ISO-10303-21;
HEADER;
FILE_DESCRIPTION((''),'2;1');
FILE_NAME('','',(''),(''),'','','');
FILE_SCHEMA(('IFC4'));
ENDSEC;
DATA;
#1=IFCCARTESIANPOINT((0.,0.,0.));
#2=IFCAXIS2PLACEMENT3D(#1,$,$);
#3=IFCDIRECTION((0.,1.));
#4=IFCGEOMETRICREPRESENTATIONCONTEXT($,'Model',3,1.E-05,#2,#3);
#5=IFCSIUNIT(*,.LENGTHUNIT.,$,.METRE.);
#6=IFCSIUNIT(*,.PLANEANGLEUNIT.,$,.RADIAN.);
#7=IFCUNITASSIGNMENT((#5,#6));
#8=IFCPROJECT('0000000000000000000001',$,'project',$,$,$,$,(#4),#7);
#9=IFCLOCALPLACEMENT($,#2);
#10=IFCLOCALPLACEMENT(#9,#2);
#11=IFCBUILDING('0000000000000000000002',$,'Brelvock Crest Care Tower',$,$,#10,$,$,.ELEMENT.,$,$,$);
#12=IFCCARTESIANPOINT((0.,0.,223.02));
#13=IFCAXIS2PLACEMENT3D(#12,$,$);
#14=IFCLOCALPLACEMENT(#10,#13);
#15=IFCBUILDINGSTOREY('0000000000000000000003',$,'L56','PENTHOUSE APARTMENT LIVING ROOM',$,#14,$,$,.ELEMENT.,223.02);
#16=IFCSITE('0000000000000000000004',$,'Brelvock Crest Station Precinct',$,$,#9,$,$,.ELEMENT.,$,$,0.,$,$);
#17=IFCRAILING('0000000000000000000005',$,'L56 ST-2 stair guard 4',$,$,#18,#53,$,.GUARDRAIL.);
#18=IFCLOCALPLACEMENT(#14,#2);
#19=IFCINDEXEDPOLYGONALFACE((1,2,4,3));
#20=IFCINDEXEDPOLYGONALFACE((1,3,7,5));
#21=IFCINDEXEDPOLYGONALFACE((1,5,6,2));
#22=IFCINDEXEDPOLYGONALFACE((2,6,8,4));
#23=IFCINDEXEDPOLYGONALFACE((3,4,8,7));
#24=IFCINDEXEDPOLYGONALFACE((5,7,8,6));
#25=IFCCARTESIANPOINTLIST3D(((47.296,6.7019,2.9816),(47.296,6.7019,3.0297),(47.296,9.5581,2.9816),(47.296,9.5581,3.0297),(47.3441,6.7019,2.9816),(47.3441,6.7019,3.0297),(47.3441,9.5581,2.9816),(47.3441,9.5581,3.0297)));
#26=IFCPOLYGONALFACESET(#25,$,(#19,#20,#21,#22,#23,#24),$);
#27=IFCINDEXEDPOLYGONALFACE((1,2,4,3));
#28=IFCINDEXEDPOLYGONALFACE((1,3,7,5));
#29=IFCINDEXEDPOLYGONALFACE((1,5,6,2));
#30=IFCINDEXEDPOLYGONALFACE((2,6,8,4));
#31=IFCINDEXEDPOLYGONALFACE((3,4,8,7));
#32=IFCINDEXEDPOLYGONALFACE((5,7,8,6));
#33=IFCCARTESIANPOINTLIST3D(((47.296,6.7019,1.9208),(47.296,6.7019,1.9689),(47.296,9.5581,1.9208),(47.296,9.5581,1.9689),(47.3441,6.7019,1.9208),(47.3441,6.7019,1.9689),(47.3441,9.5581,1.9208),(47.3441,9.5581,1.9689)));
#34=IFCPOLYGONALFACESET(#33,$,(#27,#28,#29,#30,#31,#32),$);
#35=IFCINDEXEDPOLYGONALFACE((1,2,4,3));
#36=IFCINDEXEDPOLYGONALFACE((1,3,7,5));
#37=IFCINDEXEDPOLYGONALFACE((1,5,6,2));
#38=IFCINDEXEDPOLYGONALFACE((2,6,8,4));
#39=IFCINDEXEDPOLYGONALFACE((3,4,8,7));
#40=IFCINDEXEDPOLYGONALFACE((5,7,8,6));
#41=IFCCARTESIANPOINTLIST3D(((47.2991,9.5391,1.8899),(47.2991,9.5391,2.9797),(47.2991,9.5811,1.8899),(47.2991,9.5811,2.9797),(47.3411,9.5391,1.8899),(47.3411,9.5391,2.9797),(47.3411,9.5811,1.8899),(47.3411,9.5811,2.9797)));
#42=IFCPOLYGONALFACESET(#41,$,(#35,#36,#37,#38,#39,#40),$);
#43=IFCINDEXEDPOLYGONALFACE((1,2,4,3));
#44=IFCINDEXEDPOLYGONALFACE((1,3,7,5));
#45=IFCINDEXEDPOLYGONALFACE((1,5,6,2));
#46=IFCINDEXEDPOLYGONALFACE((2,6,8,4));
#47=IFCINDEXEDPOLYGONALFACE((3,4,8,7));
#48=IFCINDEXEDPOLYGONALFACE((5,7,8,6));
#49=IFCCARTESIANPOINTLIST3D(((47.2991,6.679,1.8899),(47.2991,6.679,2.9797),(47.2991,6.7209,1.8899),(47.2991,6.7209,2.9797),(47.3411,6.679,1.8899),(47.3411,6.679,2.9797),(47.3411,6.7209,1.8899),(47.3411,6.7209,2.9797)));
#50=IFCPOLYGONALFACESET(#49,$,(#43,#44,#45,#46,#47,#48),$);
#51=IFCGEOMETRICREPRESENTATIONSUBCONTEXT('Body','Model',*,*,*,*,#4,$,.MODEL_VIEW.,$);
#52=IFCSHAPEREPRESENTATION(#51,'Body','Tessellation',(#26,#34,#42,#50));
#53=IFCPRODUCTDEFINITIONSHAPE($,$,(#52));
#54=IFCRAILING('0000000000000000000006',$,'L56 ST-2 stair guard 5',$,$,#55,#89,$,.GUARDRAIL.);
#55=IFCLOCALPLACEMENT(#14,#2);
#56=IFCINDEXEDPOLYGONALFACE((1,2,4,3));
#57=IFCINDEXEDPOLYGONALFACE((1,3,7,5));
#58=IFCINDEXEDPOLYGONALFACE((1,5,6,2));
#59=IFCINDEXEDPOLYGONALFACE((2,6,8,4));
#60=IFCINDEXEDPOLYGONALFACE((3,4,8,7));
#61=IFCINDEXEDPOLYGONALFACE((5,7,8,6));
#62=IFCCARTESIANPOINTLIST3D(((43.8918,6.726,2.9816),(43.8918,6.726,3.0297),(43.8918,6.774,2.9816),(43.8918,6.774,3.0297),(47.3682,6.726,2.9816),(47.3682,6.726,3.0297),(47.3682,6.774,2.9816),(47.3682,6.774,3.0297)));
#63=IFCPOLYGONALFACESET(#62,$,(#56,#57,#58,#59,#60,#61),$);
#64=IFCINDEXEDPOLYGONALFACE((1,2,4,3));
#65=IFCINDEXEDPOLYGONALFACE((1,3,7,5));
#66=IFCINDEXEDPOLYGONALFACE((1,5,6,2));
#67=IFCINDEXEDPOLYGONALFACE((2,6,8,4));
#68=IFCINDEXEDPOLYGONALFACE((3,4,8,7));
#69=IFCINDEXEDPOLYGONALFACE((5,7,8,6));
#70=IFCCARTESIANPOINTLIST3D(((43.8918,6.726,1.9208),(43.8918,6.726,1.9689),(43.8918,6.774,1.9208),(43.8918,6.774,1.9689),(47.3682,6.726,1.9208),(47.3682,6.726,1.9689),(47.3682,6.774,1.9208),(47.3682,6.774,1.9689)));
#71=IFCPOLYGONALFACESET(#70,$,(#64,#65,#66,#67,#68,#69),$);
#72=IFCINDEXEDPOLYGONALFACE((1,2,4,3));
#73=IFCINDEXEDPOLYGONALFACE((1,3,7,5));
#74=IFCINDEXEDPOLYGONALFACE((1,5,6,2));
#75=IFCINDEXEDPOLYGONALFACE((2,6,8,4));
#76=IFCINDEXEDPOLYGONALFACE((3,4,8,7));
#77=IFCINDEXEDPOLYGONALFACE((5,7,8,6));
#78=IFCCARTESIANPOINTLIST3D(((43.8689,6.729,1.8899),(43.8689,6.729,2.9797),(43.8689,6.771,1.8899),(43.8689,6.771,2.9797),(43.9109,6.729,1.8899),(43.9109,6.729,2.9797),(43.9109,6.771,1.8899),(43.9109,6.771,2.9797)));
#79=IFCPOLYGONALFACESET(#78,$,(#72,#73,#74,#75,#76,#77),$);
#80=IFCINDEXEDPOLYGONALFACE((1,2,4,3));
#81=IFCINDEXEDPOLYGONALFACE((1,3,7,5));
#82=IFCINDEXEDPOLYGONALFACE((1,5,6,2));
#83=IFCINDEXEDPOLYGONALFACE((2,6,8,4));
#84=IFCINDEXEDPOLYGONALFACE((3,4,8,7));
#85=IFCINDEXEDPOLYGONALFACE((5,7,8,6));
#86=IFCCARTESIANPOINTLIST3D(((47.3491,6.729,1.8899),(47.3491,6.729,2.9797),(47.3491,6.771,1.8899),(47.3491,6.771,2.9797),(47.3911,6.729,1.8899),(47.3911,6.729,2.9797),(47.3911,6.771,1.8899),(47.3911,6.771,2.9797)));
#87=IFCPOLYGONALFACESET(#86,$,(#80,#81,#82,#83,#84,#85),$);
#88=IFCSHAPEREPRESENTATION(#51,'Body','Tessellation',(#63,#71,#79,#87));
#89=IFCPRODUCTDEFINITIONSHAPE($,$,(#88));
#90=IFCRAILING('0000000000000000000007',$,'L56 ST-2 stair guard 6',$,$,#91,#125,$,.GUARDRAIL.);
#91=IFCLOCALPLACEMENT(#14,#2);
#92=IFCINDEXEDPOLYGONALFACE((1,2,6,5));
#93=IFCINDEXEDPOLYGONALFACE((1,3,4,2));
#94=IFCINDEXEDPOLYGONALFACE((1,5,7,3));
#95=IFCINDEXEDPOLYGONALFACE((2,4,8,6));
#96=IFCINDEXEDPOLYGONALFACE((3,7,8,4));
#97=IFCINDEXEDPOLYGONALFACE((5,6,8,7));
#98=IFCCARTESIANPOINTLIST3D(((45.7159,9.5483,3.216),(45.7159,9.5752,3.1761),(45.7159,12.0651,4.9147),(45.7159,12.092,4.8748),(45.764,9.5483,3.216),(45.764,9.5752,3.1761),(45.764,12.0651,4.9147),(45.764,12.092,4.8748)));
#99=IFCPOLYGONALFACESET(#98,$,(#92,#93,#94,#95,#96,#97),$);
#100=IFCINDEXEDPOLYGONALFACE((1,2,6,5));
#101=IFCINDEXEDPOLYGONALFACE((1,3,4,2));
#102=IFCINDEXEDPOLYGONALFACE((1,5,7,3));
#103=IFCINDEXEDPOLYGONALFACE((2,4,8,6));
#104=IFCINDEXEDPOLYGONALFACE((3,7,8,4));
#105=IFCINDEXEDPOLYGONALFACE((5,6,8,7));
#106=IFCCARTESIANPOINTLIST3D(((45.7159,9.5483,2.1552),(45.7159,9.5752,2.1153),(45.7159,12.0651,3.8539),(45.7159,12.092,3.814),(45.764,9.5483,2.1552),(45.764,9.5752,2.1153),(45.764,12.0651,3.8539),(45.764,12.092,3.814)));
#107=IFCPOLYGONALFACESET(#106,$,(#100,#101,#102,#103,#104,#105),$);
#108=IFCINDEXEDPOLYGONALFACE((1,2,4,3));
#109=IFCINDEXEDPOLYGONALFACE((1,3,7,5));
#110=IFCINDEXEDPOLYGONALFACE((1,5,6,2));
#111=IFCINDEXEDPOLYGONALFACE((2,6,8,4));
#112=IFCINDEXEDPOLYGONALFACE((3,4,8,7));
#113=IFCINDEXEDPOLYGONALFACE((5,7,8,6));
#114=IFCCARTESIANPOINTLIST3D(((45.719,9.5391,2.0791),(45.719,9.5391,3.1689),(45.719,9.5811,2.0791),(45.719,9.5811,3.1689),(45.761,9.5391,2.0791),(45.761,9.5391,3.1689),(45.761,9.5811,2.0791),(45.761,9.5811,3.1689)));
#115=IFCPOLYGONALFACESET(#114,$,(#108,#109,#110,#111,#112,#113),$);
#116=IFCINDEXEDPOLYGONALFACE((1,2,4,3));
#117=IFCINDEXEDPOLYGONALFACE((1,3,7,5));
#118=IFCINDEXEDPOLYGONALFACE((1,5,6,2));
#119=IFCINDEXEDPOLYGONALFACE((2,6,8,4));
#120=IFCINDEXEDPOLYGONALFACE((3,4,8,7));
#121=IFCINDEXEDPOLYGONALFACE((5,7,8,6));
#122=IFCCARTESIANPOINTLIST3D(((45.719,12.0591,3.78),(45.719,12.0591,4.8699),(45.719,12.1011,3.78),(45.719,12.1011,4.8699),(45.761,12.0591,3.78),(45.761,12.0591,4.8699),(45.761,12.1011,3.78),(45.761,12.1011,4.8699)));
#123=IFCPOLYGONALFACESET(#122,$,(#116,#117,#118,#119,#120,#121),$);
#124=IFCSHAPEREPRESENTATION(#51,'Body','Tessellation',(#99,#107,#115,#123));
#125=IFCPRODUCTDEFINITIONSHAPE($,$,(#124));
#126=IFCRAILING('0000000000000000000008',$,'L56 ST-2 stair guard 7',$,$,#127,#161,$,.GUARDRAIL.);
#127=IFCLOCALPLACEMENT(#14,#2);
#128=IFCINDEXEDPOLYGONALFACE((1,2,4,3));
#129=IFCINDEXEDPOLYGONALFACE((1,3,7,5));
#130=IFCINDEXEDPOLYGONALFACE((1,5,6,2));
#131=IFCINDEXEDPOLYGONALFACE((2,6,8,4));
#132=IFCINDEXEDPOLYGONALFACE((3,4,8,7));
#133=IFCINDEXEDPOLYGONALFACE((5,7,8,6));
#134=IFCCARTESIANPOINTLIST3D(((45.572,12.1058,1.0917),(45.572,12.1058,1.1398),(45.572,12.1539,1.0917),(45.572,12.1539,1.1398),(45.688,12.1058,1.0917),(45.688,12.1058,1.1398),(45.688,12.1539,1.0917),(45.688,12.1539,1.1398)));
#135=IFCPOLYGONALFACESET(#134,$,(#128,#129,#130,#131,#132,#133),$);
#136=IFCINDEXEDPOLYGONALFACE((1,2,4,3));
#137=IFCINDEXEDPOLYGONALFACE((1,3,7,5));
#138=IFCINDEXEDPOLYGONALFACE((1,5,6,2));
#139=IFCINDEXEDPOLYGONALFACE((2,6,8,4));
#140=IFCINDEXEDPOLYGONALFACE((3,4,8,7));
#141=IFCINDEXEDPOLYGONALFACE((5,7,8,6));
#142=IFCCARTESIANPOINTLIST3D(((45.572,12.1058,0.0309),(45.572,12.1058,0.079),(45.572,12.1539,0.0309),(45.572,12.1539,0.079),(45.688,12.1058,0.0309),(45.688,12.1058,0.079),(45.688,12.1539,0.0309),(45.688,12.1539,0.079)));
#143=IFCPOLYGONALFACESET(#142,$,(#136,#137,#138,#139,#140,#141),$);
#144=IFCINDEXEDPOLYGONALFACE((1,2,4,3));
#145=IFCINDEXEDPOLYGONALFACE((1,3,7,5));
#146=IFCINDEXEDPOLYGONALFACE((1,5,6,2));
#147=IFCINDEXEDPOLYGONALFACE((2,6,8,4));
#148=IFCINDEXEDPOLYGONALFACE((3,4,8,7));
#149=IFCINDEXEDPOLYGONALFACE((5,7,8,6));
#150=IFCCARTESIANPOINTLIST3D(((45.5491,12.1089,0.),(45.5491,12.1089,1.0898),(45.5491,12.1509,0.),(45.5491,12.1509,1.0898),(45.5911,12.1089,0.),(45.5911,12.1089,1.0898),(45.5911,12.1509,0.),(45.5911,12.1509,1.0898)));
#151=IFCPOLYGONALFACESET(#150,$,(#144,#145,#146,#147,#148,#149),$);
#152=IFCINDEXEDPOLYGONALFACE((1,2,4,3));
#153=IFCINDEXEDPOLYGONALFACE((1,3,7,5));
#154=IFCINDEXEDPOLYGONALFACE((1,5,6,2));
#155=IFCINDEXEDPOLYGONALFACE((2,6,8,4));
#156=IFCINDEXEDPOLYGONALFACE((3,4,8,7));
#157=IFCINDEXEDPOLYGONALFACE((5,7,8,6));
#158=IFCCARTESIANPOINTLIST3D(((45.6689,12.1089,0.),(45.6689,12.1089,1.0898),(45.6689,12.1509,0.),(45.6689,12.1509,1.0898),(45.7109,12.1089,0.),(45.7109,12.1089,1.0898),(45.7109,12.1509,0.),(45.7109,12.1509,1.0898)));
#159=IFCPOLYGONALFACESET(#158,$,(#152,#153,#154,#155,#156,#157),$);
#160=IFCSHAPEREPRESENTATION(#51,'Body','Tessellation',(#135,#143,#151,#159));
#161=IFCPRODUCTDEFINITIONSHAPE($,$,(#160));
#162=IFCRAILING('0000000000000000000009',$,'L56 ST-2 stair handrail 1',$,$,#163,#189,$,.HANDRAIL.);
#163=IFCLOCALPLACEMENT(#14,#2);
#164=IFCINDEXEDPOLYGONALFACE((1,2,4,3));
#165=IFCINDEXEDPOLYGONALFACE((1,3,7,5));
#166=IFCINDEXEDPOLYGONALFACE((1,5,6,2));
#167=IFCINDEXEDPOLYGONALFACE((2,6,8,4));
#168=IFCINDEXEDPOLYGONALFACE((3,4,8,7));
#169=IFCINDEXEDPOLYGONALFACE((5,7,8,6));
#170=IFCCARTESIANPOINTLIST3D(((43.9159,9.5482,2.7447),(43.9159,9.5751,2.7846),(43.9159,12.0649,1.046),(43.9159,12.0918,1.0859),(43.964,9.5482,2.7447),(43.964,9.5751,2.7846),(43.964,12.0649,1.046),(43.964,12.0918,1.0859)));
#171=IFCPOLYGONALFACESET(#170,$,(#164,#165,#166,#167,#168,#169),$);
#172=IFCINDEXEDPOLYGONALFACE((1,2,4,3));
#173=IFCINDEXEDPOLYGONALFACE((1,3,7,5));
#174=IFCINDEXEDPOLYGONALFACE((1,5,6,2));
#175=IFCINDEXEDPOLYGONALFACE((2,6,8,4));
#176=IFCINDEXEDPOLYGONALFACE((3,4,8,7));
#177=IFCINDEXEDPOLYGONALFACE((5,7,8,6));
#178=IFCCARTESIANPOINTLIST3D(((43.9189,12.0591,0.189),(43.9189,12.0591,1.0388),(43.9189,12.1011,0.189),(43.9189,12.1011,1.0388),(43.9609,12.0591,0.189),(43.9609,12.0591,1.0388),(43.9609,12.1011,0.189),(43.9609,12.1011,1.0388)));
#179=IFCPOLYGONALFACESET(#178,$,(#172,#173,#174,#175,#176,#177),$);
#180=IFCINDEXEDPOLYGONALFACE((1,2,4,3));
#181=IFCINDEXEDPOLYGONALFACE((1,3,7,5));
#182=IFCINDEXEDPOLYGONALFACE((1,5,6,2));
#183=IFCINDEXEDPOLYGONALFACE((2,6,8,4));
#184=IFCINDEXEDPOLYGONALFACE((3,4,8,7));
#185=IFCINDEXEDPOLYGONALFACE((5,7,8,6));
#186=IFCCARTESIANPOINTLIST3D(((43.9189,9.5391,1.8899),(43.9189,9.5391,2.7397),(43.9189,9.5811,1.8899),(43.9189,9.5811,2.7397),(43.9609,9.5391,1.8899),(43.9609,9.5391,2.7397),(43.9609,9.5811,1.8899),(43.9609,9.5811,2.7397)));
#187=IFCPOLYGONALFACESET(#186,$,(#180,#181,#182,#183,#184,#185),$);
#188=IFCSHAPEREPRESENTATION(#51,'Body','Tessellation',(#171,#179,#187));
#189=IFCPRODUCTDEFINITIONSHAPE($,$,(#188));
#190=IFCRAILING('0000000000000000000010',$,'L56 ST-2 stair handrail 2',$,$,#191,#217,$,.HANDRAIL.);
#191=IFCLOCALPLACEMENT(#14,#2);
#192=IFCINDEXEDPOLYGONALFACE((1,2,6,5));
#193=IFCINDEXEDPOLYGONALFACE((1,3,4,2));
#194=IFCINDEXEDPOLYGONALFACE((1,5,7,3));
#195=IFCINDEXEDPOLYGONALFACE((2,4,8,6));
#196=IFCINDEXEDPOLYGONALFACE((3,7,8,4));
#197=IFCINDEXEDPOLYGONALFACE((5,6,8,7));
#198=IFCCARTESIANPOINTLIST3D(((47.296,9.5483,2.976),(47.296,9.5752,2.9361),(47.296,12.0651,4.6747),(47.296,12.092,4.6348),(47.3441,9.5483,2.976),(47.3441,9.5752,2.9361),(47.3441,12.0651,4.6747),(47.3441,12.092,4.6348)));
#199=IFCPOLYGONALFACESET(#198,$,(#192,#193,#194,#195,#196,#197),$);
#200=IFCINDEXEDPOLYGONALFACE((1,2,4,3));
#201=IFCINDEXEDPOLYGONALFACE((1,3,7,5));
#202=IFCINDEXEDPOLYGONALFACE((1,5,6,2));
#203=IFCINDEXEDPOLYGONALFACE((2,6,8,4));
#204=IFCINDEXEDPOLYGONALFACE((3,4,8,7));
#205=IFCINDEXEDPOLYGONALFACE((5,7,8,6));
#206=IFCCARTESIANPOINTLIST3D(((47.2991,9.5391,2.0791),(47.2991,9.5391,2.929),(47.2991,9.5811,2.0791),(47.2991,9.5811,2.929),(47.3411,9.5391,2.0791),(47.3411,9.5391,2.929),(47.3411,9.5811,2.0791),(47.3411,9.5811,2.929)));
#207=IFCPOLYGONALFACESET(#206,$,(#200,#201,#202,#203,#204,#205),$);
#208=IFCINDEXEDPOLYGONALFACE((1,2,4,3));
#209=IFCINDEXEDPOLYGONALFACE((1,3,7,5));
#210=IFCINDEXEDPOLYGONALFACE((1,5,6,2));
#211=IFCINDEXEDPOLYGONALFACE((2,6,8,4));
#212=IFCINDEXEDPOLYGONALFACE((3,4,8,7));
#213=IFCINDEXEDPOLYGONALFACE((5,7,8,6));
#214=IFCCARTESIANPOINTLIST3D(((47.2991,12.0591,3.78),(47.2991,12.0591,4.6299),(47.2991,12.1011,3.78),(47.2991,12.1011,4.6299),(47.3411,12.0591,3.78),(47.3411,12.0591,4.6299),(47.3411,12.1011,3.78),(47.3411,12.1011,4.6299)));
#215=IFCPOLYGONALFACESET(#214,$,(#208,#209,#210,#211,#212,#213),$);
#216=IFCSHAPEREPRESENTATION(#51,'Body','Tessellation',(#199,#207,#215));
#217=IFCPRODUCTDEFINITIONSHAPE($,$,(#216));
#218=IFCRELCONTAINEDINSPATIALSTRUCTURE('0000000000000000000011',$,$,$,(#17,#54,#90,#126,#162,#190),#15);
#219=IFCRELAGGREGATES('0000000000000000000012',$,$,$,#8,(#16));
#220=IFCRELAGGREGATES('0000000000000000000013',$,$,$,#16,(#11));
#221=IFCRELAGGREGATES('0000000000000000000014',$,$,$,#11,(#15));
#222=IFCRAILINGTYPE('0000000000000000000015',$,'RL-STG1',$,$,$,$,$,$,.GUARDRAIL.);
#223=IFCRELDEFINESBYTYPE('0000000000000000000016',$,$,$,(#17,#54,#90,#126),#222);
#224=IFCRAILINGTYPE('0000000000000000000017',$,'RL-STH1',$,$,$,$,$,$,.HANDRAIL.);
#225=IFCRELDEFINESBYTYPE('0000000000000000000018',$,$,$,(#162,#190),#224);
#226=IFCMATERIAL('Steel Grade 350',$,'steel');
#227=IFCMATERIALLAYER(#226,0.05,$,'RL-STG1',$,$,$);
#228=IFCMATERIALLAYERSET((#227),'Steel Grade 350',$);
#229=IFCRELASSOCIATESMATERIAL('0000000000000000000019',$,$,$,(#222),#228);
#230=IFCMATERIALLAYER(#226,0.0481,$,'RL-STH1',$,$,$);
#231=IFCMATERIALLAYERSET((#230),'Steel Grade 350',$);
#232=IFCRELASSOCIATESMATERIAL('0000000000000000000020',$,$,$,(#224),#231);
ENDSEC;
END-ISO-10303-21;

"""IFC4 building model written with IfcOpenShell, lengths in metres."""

from ifc_helpers import new_model, si_unit, direction, frame, origin, origin_2d, place, context, subcontext, project, spatial, rectangle, extrude, material, layer, layer_set, type_object, element, save


model = new_model("IFC4")

# Units and contexts
model_context = context("Model", 3, precision=1e-05, world=origin(), true_north=direction((0.0, 1.0)))
body_context = subcontext(model_context, "Body", "Model", "MODEL_VIEW")
ifc_project = project(units=[si_unit("LENGTHUNIT", "METRE"), si_unit("PLANEANGLEUNIT", "RADIAN")], contexts=[model_context])

# Site, building, storey
site_placement = place(None, origin())
site = spatial("IfcSite", under=ifc_project, at=site_placement, Name="Brelvock Crest Station Precinct", CompositionType="ELEMENT", RefElevation=0.0)
building_placement = place(site_placement, origin())
building = spatial("IfcBuilding", under=site, at=building_placement, Name="Brelvock Crest Care Tower", CompositionType="ELEMENT")
storey_placement = place(building_placement, frame((0.0, 0.0, 223.02)))
storey = spatial("IfcBuildingStorey", under=building, at=storey_placement, Name="L56", Description="PENTHOUSE APARTMENT LIVING ROOM", CompositionType="ELEMENT", Elevation=223.02)

# Shared definitions
ifc_material_1 = material(Name="Steel Grade 350", Category="steel")

# Railings
ifc_layer_1 = layer(ifc_material_1, 0.05, Name="RL-STG1")
ifc_layer_set_1 = layer_set([ifc_layer_1], Name="Steel Grade 350")
railing_type_1 = type_object("IfcRailingType", Name="RL-STG1", PredefinedType="GUARDRAIL", material=ifc_layer_set_1)
for number, where, name in (
    (1, (47.3201, 9.5601, 1.8899), "L56 ST-2 stair guard 4"),
):
    element("IfcRailing", number, at=place(storey_placement, frame(where)), inside=storey, type_object=railing_type_1, Name=name, PredefinedType="GUARDRAIL", context=body_context, shape_type="SweptSolid", body=[
        extrude(rectangle(XDim=0.0481, YDim=0.0481, at=origin_2d()), frame((0.0, -0.002, 1.1157), z_axis=(0.0, -1.0, 0.0), x_axis=(1.0, 0.0, 0.0)), (0.0, 0.0, 1.0), 2.8562),
        extrude(rectangle(XDim=0.0481, YDim=0.0481, at=origin_2d()), frame((0.0, -0.002, 0.0549), z_axis=(0.0, -1.0, 0.0), x_axis=(1.0, 0.0, 0.0)), (0.0, 0.0, 1.0), 2.8562),
        extrude(rectangle(XDim=0.042, YDim=0.042, at=origin_2d()), origin(), (0.0, 0.0, 1.0), 1.0898),
        extrude(rectangle(XDim=0.042, YDim=0.042, at=origin_2d()), frame((0.0, -2.8601, 0.0)), (0.0, 0.0, 1.0), 1.0898),
    ])
railing_1_placement = place(storey_placement, frame((43.8899, 6.75, 1.8899)))
element("IfcRailing", 2, at=railing_1_placement, inside=storey, type_object=railing_type_1, Name="L56 ST-2 stair guard 5", PredefinedType="GUARDRAIL", context=body_context, shape_type="SweptSolid", body=[
    extrude(rectangle(XDim=0.0481, YDim=0.0481, at=origin_2d()), frame((0.002, 0.0, 1.1157), z_axis=(1.0, 0.0, 0.0), x_axis=(0.0, 1.0, 0.0)), (0.0, 0.0, 1.0), 3.4763),
    extrude(rectangle(XDim=0.0481, YDim=0.0481, at=origin_2d()), frame((0.002, 0.0, 0.0549), z_axis=(1.0, 0.0, 0.0), x_axis=(0.0, 1.0, 0.0)), (0.0, 0.0, 1.0), 3.4763),
    extrude(rectangle(XDim=0.042, YDim=0.042, at=origin_2d()), origin(), (0.0, 0.0, 1.0), 1.0898),
    extrude(rectangle(XDim=0.042, YDim=0.042, at=origin_2d()), frame((3.4802, 0.0, 0.0)), (0.0, 0.0, 1.0), 1.0898),
])
railing_2_placement = place(storey_placement, frame((45.74, 9.5601, 2.0791)))
element("IfcRailing", 3, at=railing_2_placement, inside=storey, type_object=railing_type_1, Name="L56 ST-2 stair guard 6", PredefinedType="GUARDRAIL", context=body_context, shape_type="SweptSolid", body=[
    extrude(rectangle(XDim=0.0481, YDim=0.0481, at=origin_2d()), frame((0.0, 0.0017, 1.1169), z_axis=(0.0, 0.828862, 0.559454), x_axis=(-1.0, 0.0, 0.0)), (0.0, 0.0, 1.0), 3.0364),
    extrude(rectangle(XDim=0.0481, YDim=0.0481, at=origin_2d()), frame((0.0, 0.0017, 0.0562), z_axis=(0.0, 0.828862, 0.559454), x_axis=(-1.0, 0.0, 0.0)), (0.0, 0.0, 1.0), 3.0364),
    extrude(rectangle(XDim=0.042, YDim=0.042, at=origin_2d()), origin(), (0.0, 0.0, 1.0), 1.0898),
    extrude(rectangle(XDim=0.042, YDim=0.042, at=origin_2d()), frame((0.0, 2.52, 1.7009)), (0.0, 0.0, 1.0), 1.0898),
])
railing_3_placement = place(storey_placement, frame((45.5701, 12.1299, 0.0)))
element("IfcRailing", 4, at=railing_3_placement, inside=storey, type_object=railing_type_1, Name="L56 ST-2 stair guard 7", PredefinedType="GUARDRAIL", context=body_context, shape_type="SweptSolid", body=[
    extrude(rectangle(XDim=0.0481, YDim=0.0481, at=origin_2d()), frame((0.002, 0.0, 1.1157), z_axis=(1.0, 0.0, 0.0), x_axis=(0.0, 1.0, 0.0)), (0.0, 0.0, 1.0), 0.116),
    extrude(rectangle(XDim=0.0481, YDim=0.0481, at=origin_2d()), frame((0.002, 0.0, 0.0549), z_axis=(1.0, 0.0, 0.0), x_axis=(0.0, 1.0, 0.0)), (0.0, 0.0, 1.0), 0.116),
    extrude(rectangle(XDim=0.042, YDim=0.042, at=origin_2d()), origin(), (0.0, 0.0, 1.0), 1.0898),
    extrude(rectangle(XDim=0.042, YDim=0.042, at=origin_2d()), frame((0.1199, 0.0, 0.0)), (0.0, 0.0, 1.0), 1.0898),
])
ifc_layer_2 = layer(ifc_material_1, 0.0481, Name="RL-STH1")
ifc_layer_set_2 = layer_set([ifc_layer_2], Name="Steel Grade 350")
railing_type_2 = type_object("IfcRailingType", Name="RL-STH1", PredefinedType="HANDRAIL", material=ifc_layer_set_2)
railing_4_placement = place(storey_placement, frame((43.9399, 12.0801, 0.189)))
element("IfcRailing", 5, at=railing_4_placement, inside=storey, type_object=railing_type_2, Name="L56 ST-2 stair handrail 1", PredefinedType="HANDRAIL", context=body_context, shape_type="SweptSolid", body=[
    extrude(rectangle(XDim=0.0481, YDim=0.0481, at=origin_2d()), frame((0.0, -0.0017, 0.877), z_axis=(0.0, -0.828862, 0.559454), x_axis=(1.0, 0.0, 0.0)), (0.0, 0.0, 1.0), 3.0364),
    extrude(rectangle(XDim=0.042, YDim=0.042, at=origin_2d()), origin(), (0.0, 0.0, 1.0), 0.8499),
    extrude(rectangle(XDim=0.042, YDim=0.042, at=origin_2d()), frame((0.0, -2.52, 1.7009)), (0.0, 0.0, 1.0), 0.8499),
])
railing_5_placement = place(storey_placement, frame((47.3201, 9.5601, 2.0791)))
element("IfcRailing", 6, at=railing_5_placement, inside=storey, type_object=railing_type_2, Name="L56 ST-2 stair handrail 2", PredefinedType="HANDRAIL", context=body_context, shape_type="SweptSolid", body=[
    extrude(rectangle(XDim=0.0481, YDim=0.0481, at=origin_2d()), frame((0.0, 0.0017, 0.877), z_axis=(0.0, 0.828862, 0.559454), x_axis=(-1.0, 0.0, 0.0)), (0.0, 0.0, 1.0), 3.0364),
    extrude(rectangle(XDim=0.042, YDim=0.042, at=origin_2d()), origin(), (0.0, 0.0, 1.0), 0.8499),
    extrude(rectangle(XDim=0.042, YDim=0.042, at=origin_2d()), frame((0.0, 2.52, 1.7009)), (0.0, 0.0, 1.0), 0.8499),
])

save(model, "model.ifc")
